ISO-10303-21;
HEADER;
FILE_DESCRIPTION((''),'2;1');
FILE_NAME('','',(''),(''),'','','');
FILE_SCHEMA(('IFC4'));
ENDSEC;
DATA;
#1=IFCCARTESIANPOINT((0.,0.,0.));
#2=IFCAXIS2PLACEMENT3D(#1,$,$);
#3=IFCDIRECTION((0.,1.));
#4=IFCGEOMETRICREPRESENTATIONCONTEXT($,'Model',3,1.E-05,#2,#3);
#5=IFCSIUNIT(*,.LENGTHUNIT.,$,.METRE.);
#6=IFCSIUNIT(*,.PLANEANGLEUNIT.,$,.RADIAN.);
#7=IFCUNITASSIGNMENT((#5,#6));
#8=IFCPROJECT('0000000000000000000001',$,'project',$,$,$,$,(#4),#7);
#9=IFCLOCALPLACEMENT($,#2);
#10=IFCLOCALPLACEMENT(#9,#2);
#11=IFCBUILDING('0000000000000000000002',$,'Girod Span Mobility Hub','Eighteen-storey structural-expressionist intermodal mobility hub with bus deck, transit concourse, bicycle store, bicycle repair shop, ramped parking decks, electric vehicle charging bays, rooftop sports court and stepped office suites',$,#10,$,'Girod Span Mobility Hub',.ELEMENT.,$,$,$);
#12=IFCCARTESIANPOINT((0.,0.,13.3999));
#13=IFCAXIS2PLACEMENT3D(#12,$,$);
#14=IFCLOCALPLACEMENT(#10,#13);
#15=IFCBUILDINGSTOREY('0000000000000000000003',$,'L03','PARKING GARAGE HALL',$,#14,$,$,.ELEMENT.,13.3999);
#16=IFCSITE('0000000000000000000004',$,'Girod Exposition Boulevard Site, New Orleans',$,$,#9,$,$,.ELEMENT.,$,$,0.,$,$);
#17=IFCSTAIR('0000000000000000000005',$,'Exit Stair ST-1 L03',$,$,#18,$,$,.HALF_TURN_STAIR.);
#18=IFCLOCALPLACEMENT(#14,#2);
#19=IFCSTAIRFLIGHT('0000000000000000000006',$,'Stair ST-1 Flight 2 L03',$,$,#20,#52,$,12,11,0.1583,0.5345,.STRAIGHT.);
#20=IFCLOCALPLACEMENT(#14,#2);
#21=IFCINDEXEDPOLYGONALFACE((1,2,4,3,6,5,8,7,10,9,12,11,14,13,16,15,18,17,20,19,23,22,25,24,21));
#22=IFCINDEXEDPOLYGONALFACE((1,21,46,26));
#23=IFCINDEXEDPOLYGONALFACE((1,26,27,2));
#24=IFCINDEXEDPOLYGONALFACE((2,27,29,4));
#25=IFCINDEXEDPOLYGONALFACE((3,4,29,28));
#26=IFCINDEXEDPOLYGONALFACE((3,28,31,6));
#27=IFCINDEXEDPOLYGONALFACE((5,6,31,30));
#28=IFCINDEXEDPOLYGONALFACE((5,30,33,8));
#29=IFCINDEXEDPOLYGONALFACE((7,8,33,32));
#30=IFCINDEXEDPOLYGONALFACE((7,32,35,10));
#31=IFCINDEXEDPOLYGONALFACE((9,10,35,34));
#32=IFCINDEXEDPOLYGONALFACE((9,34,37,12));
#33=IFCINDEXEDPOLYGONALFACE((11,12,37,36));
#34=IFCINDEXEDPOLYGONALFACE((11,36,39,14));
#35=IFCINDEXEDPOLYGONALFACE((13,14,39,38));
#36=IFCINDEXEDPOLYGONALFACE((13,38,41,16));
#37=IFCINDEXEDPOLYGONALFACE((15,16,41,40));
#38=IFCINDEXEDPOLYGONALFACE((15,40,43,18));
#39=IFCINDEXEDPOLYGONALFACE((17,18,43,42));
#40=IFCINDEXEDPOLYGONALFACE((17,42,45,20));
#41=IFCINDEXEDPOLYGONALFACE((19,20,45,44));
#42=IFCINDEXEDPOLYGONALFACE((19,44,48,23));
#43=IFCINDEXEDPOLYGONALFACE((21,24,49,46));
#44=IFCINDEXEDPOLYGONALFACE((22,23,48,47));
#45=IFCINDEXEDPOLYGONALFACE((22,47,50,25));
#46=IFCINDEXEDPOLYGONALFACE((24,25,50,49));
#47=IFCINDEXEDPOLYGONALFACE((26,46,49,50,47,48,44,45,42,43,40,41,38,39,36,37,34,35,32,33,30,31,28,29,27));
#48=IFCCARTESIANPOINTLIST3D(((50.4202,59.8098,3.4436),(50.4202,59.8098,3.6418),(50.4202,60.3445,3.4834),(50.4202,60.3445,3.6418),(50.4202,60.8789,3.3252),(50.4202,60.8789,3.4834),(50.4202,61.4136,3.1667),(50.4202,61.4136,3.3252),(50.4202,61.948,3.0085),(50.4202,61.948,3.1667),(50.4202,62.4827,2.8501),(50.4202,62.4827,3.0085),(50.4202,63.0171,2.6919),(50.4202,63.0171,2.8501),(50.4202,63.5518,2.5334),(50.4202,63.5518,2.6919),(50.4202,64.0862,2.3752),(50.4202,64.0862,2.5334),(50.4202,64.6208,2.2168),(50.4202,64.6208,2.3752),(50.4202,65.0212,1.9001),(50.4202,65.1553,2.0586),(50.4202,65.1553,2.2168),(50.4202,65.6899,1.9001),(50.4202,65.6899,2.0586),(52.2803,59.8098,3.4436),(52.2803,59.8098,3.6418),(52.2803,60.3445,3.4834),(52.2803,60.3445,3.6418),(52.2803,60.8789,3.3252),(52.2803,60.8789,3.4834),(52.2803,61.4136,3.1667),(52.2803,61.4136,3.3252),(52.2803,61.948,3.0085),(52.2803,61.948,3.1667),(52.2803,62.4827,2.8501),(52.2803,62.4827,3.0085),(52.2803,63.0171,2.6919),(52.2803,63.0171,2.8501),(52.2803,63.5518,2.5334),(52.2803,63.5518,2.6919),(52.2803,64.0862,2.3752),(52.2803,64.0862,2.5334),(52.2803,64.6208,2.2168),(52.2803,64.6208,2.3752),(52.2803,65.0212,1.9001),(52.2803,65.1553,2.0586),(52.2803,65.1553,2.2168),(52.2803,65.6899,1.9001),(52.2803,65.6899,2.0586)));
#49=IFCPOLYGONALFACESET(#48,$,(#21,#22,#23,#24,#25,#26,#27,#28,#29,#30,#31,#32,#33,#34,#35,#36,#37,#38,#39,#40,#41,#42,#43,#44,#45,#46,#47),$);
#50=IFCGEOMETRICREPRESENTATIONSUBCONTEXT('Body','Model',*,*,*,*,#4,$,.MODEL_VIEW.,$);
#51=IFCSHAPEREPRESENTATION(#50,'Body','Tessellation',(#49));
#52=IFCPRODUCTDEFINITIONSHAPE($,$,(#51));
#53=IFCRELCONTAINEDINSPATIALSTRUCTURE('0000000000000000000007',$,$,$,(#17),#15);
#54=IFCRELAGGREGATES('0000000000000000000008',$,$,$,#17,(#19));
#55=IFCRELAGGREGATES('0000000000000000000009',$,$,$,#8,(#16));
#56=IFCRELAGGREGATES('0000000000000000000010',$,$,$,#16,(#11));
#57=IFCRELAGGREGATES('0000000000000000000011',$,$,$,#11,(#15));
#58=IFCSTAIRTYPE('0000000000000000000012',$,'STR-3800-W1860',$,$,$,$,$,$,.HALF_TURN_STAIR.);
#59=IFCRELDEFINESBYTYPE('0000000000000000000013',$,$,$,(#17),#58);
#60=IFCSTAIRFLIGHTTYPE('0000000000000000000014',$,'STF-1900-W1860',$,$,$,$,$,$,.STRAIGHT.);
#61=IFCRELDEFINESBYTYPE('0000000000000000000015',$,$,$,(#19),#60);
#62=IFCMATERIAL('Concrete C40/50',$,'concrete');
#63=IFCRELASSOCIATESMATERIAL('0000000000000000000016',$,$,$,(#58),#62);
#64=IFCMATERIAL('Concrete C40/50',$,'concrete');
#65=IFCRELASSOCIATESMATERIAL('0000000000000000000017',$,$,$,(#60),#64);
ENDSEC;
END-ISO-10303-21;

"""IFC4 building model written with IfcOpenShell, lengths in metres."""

from ifc_helpers import new_model, si_unit, direction, frame, origin, place, context, subcontext, project, spatial, polyline, outline, extrude, material, type_object, element, aggregate, save


model = new_model("IFC4")

# Units and contexts
model_context = context("Model", 3, precision=1e-05, world=origin(), true_north=direction((0.0, 1.0)))
body_context = subcontext(model_context, "Body", "Model", "MODEL_VIEW")
ifc_project = project(units=[si_unit("LENGTHUNIT", "METRE"), si_unit("PLANEANGLEUNIT", "RADIAN")], contexts=[model_context])

# Site, building, storey
site_placement = place(None, origin())
site = spatial("IfcSite", under=ifc_project, at=site_placement, Name="Girod Exposition Boulevard Site, New Orleans", CompositionType="ELEMENT", RefElevation=0.0)
building_placement = place(site_placement, origin())
building = spatial("IfcBuilding", under=site, at=building_placement, Name="Girod Span Mobility Hub", Description="Eighteen-storey structural-expressionist intermodal mobility hub with bus deck, transit concourse, bicycle store, bicycle repair shop, ramped parking decks, electric vehicle charging bays, rooftop sports court and stepped office suites", LongName="Girod Span Mobility Hub", CompositionType="ELEMENT")
storey_placement = place(building_placement, frame((0.0, 0.0, 13.3999)))
storey = spatial("IfcBuildingStorey", under=building, at=storey_placement, Name="L03", Description="PARKING GARAGE HALL", CompositionType="ELEMENT", Elevation=13.3999)

# Stair, stair flight
ifc_material_1 = material(Name="Concrete C40/50", Category="concrete")
stair_type = type_object("IfcStairType", Name="STR-3800-W1860", PredefinedType="HALF_TURN_STAIR", material=ifc_material_1)
stair_placement = place(storey_placement, origin())
stair = element("IfcStair", 1, at=stair_placement, inside=storey, type_object=stair_type, Name="Exit Stair ST-1 L03", PredefinedType="HALF_TURN_STAIR")
ifc_material_2 = material(Name="Concrete C40/50", Category="concrete")
stair_flight_type = type_object("IfcStairFlightType", Name="STF-1900-W1860", PredefinedType="STRAIGHT", material=ifc_material_2)
stair_flight_placement = place(storey_placement, frame((51.3501, 65.6899, 1.9001), z_axis=(0.0, 0.0, 1.0), x_axis=(0.0, -1.0, 0.0)))
stair_flight = element("IfcStairFlight", 2, at=stair_flight_placement, type_object=stair_flight_type, Name="Stair ST-1 Flight 2 L03", NumberOfRisers=12, NumberOfTreads=11, PredefinedType="STRAIGHT", RiserHeight=0.1583, TreadLength=0.5345, context=body_context, shape_type="SweptSolid", body=[
    extrude(outline(polyline([(0.0, 0.0), (0.0, 0.1584), (0.5347, 0.1584), (0.5347, 0.3167), (1.0691, 0.3167), (1.0691, 0.4751), (1.6038, 0.4751), (1.6038, 0.6333), (2.1382, 0.6333), (2.1382, 0.7917), (2.6729, 0.7917), (2.6729, 0.95), (3.2073, 0.95), (3.2073, 1.1084), (3.7419, 1.1084), (3.7419, 1.2666), (4.2764, 1.2666), (4.2764, 1.425), (4.811, 1.425), (4.811, 1.5833), (5.3455, 1.5833), (5.3455, 1.7417), (5.8801, 1.7417), (5.8801, 1.8999), (5.8801, 1.5435), (0.6687, 0.0), (0.0, 0.0)])), frame((0.0, 0.9302, 0.0), z_axis=(0.0, -1.0, 0.0), x_axis=(1.0, 0.0, 0.0)), (0.0, 0.0, 1.0), 1.8601),
])
aggregate(stair, [stair_flight])

save(model, "model.ifc")
